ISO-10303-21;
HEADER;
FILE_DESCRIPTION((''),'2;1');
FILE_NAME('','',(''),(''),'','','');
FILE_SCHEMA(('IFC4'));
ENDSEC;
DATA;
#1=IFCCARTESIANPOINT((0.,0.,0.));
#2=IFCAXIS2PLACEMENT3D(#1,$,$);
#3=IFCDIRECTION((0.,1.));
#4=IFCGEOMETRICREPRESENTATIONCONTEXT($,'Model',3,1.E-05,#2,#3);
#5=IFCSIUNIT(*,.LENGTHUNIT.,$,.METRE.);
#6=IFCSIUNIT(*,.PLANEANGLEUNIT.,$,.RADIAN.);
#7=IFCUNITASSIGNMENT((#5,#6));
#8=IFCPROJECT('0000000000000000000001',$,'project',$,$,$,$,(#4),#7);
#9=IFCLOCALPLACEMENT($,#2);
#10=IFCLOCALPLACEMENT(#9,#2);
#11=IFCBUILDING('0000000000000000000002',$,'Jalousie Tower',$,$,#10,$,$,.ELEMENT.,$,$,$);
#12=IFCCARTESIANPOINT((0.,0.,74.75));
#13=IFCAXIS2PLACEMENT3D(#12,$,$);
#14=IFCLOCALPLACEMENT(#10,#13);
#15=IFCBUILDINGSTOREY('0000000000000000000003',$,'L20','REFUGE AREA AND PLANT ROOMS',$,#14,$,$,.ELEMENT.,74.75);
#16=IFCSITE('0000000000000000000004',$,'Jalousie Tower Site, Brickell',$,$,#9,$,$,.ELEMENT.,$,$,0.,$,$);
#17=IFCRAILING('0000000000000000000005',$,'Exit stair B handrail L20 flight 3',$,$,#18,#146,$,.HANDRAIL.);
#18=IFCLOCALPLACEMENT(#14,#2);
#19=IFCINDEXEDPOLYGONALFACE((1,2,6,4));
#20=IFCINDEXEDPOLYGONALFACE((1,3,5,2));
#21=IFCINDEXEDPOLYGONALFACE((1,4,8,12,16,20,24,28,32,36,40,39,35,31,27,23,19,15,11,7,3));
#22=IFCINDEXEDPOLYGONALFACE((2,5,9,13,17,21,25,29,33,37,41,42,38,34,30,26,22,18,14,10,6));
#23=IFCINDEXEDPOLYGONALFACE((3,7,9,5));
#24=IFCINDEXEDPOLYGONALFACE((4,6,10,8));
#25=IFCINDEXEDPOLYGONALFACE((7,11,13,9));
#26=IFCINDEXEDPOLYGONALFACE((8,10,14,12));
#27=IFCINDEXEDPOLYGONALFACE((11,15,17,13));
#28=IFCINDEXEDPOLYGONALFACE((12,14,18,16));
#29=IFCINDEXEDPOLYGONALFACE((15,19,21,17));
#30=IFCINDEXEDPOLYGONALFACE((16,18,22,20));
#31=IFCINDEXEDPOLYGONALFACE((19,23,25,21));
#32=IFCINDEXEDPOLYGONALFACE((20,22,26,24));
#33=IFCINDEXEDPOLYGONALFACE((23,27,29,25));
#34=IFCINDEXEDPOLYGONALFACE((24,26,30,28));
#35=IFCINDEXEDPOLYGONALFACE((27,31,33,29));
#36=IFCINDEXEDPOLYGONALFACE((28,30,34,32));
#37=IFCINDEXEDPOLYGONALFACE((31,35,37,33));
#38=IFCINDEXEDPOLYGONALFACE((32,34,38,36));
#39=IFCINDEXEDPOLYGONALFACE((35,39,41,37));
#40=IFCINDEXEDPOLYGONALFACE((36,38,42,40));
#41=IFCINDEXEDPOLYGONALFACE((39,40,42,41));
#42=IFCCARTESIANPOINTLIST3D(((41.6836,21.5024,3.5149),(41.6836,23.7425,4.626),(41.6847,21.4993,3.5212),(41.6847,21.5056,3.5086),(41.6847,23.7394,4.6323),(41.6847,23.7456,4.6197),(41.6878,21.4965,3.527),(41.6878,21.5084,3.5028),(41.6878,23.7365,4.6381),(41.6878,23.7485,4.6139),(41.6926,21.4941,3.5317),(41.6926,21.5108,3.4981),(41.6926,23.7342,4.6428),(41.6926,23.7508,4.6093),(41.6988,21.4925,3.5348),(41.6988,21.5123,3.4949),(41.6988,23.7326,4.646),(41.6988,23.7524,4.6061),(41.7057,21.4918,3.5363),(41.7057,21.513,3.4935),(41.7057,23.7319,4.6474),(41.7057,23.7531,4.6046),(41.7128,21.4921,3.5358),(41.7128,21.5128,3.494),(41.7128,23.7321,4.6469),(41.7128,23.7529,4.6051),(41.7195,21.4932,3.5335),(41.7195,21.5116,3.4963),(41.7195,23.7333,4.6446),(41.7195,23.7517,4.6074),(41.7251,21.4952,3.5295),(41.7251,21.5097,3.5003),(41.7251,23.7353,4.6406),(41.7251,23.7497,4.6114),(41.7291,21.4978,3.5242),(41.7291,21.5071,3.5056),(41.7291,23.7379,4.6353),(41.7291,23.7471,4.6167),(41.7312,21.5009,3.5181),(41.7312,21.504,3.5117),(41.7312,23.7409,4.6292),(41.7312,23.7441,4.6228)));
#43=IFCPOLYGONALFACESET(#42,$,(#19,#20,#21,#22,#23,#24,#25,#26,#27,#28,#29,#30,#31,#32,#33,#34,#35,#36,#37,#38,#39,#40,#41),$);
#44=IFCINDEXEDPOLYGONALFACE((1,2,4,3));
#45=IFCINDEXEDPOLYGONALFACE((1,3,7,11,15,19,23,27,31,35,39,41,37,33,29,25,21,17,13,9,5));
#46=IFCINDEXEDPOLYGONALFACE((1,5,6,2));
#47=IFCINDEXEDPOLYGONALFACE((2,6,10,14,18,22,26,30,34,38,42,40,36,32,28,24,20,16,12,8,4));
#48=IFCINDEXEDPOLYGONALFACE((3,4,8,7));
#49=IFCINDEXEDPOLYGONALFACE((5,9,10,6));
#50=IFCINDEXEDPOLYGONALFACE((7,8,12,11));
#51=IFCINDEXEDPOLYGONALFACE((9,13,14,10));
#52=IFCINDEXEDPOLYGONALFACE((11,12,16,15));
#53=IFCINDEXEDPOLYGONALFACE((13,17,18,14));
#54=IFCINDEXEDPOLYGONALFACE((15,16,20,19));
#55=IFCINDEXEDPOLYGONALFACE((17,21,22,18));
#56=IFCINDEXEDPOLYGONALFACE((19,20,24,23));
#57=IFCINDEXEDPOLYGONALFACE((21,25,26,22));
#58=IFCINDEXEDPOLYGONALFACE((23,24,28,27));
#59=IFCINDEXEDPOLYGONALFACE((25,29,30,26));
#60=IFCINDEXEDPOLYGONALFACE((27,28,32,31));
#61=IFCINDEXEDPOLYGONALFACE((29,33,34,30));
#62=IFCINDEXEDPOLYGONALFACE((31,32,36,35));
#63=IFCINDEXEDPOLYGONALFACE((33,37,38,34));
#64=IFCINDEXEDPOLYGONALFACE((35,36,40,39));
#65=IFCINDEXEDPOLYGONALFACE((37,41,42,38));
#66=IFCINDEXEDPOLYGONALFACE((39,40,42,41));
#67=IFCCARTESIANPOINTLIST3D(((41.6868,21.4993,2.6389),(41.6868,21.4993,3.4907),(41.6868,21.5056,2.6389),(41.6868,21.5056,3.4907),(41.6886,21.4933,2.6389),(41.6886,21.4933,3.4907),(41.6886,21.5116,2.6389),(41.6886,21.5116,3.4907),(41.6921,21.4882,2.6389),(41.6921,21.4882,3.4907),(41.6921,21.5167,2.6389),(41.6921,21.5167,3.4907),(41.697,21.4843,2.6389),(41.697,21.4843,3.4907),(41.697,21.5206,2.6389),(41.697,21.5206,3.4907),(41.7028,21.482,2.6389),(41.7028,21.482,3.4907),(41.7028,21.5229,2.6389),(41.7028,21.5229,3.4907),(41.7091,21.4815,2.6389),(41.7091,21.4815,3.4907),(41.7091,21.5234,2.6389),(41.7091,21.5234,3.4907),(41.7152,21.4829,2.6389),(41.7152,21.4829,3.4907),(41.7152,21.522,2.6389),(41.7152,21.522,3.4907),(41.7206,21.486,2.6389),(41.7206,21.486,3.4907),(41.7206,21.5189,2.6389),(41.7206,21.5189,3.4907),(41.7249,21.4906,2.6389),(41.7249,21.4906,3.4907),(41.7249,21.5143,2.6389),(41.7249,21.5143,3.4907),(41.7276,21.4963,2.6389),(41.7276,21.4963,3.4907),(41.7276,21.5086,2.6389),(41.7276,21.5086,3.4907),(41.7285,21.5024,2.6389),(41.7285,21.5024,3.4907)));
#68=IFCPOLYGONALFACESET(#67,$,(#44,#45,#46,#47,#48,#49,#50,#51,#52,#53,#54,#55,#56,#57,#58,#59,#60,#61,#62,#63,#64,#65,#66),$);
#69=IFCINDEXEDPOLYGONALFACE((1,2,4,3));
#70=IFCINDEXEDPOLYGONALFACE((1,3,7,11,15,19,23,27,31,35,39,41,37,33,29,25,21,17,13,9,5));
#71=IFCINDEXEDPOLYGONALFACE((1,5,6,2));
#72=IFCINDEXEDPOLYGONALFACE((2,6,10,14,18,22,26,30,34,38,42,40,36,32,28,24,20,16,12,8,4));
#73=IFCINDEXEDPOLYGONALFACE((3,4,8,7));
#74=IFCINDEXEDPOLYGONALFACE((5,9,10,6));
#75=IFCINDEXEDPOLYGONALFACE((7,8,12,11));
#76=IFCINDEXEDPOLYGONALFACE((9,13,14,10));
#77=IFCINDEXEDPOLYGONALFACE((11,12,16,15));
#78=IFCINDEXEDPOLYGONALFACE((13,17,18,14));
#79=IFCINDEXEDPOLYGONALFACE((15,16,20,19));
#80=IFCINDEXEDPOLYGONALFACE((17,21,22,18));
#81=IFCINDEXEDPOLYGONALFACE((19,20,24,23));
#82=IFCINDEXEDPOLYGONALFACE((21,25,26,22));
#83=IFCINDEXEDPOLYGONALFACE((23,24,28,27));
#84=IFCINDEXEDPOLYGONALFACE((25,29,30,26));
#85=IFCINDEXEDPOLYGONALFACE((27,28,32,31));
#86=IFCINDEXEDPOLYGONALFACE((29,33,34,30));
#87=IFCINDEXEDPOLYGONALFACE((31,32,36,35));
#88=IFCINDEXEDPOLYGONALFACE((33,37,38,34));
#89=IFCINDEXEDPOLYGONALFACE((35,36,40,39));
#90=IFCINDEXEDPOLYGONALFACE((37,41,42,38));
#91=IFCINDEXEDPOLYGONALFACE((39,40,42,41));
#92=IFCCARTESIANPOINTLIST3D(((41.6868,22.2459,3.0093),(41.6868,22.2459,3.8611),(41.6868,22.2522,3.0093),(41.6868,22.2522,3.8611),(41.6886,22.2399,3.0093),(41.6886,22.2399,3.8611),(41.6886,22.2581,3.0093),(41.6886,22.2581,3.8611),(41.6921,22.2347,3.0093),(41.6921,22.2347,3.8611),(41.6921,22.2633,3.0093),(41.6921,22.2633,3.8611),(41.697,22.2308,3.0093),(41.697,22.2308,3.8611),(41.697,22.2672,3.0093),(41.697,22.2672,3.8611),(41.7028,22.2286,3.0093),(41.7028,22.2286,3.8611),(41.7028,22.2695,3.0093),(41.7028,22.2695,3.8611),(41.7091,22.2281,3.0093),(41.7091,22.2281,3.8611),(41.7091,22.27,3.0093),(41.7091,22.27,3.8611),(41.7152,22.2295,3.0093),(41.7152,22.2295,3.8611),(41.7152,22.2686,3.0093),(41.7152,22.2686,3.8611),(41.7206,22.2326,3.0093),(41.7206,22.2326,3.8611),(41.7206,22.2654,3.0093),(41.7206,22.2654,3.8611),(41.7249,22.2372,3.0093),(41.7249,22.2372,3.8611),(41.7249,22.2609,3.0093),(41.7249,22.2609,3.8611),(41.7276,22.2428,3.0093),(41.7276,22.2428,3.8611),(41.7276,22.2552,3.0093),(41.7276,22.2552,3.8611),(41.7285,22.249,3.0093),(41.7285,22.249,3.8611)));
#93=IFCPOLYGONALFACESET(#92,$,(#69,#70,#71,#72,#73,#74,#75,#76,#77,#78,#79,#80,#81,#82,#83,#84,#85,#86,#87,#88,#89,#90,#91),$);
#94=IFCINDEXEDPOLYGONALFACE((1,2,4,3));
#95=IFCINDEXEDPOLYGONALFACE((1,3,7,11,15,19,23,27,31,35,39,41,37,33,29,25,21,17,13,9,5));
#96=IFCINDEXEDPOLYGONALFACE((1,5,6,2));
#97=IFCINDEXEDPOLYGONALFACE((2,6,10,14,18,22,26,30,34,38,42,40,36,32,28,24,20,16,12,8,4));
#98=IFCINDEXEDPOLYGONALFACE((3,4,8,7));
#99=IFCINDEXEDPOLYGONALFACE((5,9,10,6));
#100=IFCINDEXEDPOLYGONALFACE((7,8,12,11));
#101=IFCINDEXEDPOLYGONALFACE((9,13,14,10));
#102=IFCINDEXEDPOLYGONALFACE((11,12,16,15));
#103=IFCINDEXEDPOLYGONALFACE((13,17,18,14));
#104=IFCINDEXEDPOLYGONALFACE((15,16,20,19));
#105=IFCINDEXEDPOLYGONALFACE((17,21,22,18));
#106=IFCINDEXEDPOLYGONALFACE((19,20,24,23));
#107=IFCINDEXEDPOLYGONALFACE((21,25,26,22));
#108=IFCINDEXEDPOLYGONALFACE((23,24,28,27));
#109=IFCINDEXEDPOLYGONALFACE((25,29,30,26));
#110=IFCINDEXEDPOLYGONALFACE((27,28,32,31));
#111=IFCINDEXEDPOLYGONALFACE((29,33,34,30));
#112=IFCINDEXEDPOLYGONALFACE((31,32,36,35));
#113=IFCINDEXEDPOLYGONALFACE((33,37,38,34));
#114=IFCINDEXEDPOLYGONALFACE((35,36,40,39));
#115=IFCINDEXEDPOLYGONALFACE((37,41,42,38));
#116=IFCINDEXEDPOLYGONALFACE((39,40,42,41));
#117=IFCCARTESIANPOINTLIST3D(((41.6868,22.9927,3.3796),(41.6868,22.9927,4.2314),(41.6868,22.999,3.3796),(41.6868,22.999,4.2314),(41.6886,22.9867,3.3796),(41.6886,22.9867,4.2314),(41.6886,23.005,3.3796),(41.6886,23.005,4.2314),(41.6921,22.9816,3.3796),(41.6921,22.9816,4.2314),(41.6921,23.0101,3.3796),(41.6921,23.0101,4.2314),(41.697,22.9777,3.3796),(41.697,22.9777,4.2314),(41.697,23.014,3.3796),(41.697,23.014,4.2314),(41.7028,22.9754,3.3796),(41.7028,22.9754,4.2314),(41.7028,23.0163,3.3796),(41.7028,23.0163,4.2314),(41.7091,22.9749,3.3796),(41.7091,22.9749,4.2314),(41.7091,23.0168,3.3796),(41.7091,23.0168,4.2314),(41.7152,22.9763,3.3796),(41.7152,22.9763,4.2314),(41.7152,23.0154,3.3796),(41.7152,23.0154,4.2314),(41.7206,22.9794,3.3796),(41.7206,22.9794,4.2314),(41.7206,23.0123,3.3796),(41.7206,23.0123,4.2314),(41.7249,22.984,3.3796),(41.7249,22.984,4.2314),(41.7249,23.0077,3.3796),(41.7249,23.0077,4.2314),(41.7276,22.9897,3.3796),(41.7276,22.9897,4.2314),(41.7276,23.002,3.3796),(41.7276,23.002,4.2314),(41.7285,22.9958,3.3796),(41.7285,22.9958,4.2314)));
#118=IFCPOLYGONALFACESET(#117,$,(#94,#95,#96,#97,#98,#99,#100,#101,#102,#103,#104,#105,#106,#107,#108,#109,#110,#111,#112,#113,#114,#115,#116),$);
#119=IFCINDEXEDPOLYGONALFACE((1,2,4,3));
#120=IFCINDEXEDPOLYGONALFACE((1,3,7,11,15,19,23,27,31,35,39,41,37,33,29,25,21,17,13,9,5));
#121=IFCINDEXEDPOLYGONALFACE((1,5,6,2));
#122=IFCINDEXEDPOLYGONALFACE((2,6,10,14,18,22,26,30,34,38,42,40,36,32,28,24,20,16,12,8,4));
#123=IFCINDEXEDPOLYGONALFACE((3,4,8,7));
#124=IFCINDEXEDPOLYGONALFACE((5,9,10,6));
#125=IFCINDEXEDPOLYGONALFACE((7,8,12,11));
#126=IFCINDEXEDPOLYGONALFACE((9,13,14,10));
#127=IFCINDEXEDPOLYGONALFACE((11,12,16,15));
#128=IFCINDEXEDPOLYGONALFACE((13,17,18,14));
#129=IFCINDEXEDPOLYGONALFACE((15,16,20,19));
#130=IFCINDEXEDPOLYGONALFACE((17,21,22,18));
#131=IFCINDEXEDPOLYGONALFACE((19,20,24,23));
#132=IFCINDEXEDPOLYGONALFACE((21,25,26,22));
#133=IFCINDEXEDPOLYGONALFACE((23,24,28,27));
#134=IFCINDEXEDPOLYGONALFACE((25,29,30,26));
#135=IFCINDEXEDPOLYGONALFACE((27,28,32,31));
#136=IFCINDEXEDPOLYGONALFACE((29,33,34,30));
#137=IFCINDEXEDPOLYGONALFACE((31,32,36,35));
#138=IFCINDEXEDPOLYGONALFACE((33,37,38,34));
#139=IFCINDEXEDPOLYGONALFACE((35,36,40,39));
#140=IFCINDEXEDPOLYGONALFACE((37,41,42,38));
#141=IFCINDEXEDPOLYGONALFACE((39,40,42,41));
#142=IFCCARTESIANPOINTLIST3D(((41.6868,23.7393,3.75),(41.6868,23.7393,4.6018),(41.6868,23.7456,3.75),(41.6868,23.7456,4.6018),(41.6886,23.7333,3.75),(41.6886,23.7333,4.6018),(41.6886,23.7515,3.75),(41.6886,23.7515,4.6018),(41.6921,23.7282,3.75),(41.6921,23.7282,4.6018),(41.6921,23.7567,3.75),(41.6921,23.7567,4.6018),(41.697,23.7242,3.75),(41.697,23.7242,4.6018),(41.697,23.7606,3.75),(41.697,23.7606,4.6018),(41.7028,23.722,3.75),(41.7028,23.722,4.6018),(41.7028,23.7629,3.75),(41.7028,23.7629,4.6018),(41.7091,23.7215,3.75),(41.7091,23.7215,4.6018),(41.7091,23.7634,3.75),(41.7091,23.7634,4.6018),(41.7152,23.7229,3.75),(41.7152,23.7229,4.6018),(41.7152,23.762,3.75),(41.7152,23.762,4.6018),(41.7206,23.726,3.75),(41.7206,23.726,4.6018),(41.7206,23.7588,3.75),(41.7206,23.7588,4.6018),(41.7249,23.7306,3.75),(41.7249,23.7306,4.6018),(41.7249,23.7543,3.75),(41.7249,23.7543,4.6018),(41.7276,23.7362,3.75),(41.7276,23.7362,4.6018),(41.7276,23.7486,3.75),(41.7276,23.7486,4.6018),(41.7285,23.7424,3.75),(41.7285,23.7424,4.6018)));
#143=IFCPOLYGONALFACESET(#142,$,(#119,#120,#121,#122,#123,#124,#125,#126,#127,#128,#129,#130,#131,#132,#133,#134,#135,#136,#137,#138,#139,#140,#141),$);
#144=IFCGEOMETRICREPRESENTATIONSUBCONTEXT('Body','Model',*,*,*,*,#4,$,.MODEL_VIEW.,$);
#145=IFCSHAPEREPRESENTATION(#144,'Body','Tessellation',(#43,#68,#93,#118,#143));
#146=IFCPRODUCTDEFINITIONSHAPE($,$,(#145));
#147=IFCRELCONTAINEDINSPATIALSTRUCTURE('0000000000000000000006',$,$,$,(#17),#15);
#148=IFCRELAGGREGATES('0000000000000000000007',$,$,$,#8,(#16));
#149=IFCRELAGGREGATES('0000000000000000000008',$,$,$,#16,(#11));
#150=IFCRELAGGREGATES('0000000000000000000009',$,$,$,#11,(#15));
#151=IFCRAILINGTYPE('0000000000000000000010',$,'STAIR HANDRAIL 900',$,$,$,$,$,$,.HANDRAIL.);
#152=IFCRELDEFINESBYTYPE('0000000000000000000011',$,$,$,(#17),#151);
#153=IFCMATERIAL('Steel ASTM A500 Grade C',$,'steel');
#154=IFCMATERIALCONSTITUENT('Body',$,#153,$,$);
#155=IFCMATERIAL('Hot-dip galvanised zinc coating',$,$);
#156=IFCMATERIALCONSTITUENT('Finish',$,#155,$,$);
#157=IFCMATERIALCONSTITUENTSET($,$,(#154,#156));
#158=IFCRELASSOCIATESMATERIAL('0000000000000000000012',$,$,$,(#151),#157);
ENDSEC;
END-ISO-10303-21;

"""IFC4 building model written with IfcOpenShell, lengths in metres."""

from ifc_helpers import new_model, si_unit, direction, frame, origin, origin_2d, place, context, subcontext, project, spatial, circle, extrude, material, constituent, constituent_set, type_object, element, save


model = new_model("IFC4")

# Units and contexts
model_context = context("Model", 3, precision=1e-05, world=origin(), true_north=direction((0.0, 1.0)))
body_context = subcontext(model_context, "Body", "Model", "MODEL_VIEW")
ifc_project = project(units=[si_unit("LENGTHUNIT", "METRE"), si_unit("PLANEANGLEUNIT", "RADIAN")], contexts=[model_context])

# Site, building, storey
site_placement = place(None, origin())
site = spatial("IfcSite", under=ifc_project, at=site_placement, Name="Jalousie Tower Site, Brickell", CompositionType="ELEMENT", RefElevation=0.0)
building_placement = place(site_placement, origin())
building = spatial("IfcBuilding", under=site, at=building_placement, Name="Jalousie Tower", CompositionType="ELEMENT")
storey_placement = place(building_placement, frame((0.0, 0.0, 74.75)))
storey = spatial("IfcBuildingStorey", under=building, at=storey_placement, Name="L20", Description="REFUGE AREA AND PLANT ROOMS", CompositionType="ELEMENT", Elevation=74.75)

# Railing
ifc_material_1 = material(Name="Steel ASTM A500 Grade C", Category="steel")
ifc_constituent_1 = constituent(ifc_material_1, Name="Body")
ifc_material_2 = material(Name="Hot-dip galvanised zinc coating")
ifc_constituent_2 = constituent(ifc_material_2, Name="Finish")
ifc_constituent_set_1 = constituent_set(constituents=[ifc_constituent_1, ifc_constituent_2])
railing_type_1 = type_object("IfcRailingType", Name="STAIR HANDRAIL 900", PredefinedType="HANDRAIL", material=ifc_constituent_set_1)
railing_1_placement = place(storey_placement, frame((41.7075, 21.5024, 2.6389)))
element("IfcRailing", 1, at=railing_1_placement, inside=storey, type_object=railing_type_1, Name="Exit stair B handrail L20 flight 3", PredefinedType="HANDRAIL", context=body_context, shape_type="SweptSolid", body=[
    extrude(circle(Radius=0.0239, at=origin_2d()), frame((0.0, 0.0, 0.876), z_axis=(0.0, 0.895848, 0.44436), x_axis=(-1.0, 0.0, 0.0)), (0.0, 0.0, 1.0), 2.5005),
    extrude(circle(Radius=0.021, at=origin_2d()), origin(), (0.0, 0.0, 1.0), 0.8518),
    extrude(circle(Radius=0.021, at=origin_2d()), frame((0.0, 0.7466, 0.3704)), (0.0, 0.0, 1.0), 0.8518),
    extrude(circle(Radius=0.021, at=origin_2d()), frame((0.0, 1.4934, 0.7407)), (0.0, 0.0, 1.0), 0.8518),
    extrude(circle(Radius=0.021, at=origin_2d()), frame((0.0, 2.24, 1.1111)), (0.0, 0.0, 1.0), 0.8518),
])

save(model, "model.ifc")
